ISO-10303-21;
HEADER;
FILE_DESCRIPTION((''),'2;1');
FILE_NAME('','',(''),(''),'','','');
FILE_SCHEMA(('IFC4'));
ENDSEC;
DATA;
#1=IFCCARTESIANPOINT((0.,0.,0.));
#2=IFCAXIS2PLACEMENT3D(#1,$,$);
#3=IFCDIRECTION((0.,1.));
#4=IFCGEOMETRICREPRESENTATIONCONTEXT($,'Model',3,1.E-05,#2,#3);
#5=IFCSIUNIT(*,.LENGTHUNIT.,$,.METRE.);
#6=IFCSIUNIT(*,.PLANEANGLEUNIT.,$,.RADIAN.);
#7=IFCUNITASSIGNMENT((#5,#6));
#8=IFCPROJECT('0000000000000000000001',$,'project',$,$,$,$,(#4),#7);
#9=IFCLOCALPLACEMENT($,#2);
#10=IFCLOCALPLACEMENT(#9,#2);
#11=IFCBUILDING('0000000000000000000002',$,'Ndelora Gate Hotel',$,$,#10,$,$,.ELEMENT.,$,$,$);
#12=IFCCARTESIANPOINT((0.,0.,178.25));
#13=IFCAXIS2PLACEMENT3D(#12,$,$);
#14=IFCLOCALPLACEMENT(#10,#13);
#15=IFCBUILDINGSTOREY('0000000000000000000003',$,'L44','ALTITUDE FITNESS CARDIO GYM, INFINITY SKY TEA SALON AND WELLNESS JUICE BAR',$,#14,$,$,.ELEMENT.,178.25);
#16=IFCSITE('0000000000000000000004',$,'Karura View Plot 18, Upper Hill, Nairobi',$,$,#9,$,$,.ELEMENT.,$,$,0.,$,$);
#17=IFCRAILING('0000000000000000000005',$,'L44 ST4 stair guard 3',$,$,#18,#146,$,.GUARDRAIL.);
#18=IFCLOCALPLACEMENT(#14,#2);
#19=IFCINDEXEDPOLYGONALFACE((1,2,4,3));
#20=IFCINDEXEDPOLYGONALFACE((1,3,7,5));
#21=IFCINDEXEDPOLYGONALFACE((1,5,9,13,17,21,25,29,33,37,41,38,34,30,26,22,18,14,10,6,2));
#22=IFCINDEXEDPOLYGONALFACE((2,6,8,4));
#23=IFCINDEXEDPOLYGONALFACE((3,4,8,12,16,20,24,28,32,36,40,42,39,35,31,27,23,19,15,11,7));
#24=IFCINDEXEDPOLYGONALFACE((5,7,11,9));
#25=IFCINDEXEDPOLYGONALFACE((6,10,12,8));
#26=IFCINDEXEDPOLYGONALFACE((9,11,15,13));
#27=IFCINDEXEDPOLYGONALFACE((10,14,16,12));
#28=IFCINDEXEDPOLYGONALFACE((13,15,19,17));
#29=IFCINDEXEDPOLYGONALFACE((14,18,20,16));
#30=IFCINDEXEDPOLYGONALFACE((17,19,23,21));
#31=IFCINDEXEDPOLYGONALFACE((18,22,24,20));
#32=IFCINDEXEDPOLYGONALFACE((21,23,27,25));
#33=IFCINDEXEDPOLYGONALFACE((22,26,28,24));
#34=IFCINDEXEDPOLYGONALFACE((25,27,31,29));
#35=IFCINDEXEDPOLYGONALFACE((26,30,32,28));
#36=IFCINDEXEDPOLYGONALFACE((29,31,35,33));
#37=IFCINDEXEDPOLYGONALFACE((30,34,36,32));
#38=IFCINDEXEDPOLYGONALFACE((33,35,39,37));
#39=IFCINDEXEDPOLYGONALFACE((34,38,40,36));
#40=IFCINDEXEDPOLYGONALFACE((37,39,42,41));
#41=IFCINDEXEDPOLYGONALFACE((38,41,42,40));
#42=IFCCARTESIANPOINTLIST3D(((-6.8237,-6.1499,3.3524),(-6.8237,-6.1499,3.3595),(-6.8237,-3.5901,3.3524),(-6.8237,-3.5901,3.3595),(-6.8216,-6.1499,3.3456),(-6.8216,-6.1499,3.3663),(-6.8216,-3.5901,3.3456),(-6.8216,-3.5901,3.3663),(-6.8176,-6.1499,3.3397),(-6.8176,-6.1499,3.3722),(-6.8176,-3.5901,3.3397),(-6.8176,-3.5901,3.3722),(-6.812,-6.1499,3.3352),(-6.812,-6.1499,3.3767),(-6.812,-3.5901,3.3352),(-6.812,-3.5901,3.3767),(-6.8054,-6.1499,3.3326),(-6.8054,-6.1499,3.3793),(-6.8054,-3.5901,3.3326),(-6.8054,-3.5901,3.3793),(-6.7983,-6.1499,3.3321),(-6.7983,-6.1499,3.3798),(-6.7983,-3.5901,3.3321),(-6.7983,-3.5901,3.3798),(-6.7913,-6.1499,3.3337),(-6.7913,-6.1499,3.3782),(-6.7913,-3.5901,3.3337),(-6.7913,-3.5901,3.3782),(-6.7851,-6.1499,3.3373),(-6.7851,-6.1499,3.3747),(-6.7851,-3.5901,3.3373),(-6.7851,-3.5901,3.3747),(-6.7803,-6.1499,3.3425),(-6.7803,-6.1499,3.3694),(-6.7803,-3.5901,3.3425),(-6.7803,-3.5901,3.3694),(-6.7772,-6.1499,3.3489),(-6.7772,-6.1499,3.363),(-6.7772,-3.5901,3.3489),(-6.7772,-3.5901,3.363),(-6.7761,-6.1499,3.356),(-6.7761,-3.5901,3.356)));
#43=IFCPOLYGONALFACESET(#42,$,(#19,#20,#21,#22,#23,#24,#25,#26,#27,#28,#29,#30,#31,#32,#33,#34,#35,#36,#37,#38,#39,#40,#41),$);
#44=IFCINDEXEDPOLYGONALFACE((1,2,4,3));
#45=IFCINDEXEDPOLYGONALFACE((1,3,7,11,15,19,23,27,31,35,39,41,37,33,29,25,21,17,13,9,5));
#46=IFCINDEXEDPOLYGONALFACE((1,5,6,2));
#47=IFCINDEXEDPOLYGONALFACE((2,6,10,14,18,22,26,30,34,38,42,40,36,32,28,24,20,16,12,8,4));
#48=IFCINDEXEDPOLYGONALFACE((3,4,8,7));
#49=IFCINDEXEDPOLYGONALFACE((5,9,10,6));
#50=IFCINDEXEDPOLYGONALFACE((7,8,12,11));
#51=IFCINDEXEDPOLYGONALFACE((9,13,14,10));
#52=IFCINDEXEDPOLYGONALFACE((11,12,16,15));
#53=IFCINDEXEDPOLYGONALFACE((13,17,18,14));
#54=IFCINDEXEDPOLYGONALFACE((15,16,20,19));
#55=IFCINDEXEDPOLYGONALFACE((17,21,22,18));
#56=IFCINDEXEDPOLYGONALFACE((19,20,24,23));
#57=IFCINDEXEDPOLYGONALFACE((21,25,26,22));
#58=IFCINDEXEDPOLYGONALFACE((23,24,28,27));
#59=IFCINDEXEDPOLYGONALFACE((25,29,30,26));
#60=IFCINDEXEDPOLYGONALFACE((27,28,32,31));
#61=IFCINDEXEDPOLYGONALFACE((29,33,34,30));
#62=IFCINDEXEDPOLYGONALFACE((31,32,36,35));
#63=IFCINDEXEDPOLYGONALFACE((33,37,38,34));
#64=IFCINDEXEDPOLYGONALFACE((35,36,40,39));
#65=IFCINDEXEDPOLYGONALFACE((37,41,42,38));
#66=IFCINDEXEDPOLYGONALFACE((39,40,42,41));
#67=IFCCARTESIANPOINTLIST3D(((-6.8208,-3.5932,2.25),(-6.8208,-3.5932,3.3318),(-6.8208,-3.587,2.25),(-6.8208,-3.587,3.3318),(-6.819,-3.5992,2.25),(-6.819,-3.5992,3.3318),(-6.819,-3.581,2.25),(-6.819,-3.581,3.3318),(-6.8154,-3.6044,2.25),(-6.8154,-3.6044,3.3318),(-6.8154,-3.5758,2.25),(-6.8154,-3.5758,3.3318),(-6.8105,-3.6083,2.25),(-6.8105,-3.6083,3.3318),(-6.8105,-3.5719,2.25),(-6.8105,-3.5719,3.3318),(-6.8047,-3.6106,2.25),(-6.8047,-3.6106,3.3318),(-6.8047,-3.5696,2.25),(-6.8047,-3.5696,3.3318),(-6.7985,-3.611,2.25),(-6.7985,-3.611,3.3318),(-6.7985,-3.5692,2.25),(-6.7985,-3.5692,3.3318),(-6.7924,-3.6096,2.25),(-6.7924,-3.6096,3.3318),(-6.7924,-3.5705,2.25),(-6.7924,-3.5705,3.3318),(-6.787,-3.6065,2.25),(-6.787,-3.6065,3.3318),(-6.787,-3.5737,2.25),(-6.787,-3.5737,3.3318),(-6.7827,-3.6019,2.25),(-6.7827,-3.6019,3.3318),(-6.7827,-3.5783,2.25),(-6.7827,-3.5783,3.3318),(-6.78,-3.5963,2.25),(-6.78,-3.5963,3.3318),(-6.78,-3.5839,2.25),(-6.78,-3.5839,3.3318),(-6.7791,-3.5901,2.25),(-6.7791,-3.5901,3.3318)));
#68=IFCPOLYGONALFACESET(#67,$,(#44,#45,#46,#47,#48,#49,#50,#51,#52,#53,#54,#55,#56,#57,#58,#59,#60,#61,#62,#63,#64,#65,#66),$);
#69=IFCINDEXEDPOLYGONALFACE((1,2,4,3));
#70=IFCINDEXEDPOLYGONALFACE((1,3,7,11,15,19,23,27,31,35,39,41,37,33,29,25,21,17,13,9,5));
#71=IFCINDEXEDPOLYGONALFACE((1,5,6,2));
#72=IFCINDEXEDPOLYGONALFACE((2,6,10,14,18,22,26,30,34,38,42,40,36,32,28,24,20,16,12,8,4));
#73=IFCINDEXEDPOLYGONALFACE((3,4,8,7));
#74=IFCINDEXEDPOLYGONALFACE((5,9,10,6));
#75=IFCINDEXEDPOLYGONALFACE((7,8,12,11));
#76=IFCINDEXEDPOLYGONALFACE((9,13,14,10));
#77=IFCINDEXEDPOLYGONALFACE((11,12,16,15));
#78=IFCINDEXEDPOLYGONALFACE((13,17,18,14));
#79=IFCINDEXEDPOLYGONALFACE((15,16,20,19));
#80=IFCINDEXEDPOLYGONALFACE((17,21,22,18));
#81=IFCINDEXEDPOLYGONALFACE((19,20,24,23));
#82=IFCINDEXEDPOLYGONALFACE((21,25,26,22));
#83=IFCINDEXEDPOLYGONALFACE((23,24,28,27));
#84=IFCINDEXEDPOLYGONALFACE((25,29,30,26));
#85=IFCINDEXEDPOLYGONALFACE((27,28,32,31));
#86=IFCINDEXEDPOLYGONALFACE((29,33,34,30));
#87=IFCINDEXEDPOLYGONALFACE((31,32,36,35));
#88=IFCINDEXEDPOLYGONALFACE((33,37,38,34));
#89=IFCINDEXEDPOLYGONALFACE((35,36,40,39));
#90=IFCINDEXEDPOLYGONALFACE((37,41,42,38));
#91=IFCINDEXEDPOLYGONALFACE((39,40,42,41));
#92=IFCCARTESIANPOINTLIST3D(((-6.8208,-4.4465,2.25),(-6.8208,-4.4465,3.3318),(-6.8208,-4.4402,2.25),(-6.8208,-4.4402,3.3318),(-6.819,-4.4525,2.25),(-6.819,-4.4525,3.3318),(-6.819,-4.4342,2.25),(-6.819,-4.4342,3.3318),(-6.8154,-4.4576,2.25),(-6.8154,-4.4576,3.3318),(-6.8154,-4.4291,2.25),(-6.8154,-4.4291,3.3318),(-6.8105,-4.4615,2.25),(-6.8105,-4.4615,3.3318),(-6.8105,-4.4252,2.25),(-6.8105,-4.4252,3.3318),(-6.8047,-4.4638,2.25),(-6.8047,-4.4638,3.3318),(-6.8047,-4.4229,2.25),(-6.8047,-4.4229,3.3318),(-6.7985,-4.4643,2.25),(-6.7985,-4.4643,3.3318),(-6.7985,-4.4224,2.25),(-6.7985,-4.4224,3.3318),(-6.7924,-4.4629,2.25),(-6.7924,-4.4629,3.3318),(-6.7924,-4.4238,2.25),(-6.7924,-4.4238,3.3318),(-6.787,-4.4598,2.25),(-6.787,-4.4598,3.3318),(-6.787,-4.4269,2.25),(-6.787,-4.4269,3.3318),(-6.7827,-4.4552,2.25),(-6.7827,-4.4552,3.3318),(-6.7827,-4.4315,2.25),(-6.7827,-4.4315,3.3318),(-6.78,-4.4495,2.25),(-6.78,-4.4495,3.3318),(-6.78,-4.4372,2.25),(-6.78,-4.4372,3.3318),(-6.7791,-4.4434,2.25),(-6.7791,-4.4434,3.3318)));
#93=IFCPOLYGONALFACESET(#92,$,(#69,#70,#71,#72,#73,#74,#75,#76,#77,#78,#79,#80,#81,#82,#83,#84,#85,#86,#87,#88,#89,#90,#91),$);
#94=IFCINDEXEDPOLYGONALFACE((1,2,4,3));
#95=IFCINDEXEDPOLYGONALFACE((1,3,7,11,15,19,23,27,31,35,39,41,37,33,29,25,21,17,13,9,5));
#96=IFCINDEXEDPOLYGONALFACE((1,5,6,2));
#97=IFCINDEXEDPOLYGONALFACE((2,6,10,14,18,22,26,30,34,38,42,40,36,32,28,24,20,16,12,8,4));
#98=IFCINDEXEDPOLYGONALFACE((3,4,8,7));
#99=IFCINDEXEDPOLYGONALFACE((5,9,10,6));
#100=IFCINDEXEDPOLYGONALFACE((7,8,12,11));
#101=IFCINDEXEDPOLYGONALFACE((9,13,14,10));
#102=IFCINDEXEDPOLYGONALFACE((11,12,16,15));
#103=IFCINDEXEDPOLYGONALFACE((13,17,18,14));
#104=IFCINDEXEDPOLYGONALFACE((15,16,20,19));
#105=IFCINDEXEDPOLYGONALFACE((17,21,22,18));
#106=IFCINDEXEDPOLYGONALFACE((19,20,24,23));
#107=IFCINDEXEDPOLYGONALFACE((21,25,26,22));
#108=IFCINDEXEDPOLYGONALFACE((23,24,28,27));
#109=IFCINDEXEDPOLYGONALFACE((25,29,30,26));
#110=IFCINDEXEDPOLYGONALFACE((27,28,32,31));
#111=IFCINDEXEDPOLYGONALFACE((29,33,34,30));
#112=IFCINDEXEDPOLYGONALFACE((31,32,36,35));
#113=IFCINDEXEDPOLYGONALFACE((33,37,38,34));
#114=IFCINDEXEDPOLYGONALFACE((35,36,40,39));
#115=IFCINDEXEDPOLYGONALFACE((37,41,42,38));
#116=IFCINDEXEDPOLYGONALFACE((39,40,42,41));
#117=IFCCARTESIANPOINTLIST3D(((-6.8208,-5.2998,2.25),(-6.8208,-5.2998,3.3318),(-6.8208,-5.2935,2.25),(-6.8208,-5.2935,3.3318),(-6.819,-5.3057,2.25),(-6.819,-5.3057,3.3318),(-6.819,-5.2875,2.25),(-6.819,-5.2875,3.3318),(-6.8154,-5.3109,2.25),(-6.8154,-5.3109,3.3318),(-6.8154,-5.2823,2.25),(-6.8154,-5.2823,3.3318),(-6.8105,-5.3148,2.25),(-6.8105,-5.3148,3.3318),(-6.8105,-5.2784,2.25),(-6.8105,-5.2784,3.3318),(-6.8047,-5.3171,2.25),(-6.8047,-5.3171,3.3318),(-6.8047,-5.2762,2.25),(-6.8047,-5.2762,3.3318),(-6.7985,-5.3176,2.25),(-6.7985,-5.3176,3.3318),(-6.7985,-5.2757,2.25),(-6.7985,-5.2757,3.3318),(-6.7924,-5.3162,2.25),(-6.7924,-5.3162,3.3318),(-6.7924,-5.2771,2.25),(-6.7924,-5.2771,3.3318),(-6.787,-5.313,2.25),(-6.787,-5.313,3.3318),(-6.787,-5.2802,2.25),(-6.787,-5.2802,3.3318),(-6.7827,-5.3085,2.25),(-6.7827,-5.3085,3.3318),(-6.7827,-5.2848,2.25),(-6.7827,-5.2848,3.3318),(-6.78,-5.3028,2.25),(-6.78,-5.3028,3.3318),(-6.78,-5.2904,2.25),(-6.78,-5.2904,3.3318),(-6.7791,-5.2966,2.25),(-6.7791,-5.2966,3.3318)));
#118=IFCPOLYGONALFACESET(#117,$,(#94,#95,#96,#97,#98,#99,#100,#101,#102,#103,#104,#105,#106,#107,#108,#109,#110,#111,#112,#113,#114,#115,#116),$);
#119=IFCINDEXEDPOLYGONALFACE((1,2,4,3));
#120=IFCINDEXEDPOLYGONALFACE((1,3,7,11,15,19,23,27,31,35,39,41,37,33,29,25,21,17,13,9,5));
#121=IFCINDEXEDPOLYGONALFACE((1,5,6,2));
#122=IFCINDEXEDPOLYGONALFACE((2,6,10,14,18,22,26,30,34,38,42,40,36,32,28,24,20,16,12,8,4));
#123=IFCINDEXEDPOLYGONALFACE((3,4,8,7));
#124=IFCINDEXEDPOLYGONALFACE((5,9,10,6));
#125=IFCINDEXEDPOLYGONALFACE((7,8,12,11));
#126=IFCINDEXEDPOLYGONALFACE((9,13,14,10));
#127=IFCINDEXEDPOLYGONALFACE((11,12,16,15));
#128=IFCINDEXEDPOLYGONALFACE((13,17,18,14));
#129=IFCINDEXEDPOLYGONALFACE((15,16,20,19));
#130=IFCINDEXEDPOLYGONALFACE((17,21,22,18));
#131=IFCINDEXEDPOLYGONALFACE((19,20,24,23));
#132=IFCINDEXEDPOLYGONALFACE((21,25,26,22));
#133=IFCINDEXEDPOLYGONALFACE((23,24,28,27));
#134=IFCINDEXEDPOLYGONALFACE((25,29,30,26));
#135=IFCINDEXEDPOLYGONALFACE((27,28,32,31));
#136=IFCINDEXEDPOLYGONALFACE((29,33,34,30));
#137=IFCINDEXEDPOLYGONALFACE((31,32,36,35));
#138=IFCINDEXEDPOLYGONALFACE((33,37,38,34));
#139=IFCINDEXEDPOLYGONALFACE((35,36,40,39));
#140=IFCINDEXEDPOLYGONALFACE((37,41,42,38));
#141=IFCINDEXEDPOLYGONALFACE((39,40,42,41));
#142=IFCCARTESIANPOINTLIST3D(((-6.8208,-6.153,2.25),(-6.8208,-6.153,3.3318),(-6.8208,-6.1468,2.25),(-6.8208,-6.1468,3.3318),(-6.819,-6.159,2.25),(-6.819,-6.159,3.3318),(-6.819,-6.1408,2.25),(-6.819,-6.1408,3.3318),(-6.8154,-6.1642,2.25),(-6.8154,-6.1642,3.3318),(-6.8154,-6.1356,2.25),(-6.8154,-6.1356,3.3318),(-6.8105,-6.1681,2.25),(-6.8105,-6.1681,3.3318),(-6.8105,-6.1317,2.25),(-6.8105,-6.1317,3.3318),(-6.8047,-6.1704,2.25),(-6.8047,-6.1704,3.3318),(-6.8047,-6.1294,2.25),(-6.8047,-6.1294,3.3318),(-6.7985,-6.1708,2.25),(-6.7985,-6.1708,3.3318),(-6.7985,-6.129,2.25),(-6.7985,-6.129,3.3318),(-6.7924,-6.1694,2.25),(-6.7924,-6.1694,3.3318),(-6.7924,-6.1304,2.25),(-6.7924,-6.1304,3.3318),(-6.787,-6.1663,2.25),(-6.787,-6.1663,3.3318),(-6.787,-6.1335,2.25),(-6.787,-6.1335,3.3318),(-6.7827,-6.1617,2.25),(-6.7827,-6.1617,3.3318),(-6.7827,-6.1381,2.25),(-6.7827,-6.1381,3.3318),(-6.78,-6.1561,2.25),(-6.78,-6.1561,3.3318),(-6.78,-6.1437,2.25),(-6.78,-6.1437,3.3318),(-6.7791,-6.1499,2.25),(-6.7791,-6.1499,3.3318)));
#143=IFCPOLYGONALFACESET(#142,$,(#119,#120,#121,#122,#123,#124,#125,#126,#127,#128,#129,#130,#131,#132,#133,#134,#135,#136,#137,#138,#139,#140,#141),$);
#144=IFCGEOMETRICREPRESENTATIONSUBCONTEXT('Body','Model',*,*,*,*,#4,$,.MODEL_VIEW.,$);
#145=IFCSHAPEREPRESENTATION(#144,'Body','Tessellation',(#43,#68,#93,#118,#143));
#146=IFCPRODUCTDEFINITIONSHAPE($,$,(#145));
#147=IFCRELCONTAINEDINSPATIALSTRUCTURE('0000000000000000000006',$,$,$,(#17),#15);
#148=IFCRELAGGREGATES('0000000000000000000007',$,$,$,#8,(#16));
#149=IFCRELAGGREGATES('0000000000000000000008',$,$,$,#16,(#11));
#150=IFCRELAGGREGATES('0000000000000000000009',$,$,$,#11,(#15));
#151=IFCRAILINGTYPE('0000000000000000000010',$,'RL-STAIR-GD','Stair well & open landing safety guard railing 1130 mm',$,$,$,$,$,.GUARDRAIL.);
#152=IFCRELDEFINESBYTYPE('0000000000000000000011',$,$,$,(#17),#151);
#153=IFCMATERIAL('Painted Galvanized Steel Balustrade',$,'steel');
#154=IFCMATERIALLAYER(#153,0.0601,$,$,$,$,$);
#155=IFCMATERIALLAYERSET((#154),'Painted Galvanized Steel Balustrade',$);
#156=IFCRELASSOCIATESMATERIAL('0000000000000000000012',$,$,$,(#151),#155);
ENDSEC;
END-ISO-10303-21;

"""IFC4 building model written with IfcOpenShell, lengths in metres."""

from ifc_helpers import new_model, si_unit, direction, frame, origin, origin_2d, place, context, subcontext, project, spatial, circle, extrude, material, layer, layer_set, type_object, element, save


model = new_model("IFC4")

# Units and contexts
model_context = context("Model", 3, precision=1e-05, world=origin(), true_north=direction((0.0, 1.0)))
body_context = subcontext(model_context, "Body", "Model", "MODEL_VIEW")
ifc_project = project(units=[si_unit("LENGTHUNIT", "METRE"), si_unit("PLANEANGLEUNIT", "RADIAN")], contexts=[model_context])

# Site, building, storey
site_placement = place(None, origin())
site = spatial("IfcSite", under=ifc_project, at=site_placement, Name="Karura View Plot 18, Upper Hill, Nairobi", CompositionType="ELEMENT", RefElevation=0.0)
building_placement = place(site_placement, origin())
building = spatial("IfcBuilding", under=site, at=building_placement, Name="Ndelora Gate Hotel", CompositionType="ELEMENT")
storey_placement = place(building_placement, frame((0.0, 0.0, 178.25)))
storey = spatial("IfcBuildingStorey", under=building, at=storey_placement, Name="L44", Description="ALTITUDE FITNESS CARDIO GYM, INFINITY SKY TEA SALON AND WELLNESS JUICE BAR", CompositionType="ELEMENT", Elevation=178.25)

# Railing
ifc_material_1 = material(Name="Painted Galvanized Steel Balustrade", Category="steel")
ifc_layer_1 = layer(ifc_material_1, 0.0601)
ifc_layer_set_1 = layer_set([ifc_layer_1], Name="Painted Galvanized Steel Balustrade")
railing_type_1 = type_object("IfcRailingType", Name="RL-STAIR-GD", Description="Stair well & open landing safety guard railing 1130 mm", PredefinedType="GUARDRAIL", material=ifc_layer_set_1)
for number, where, name in (
    (1, (-6.8, -3.5901, 2.25), "L44 ST4 stair guard 3"),
):
    element("IfcRailing", number, at=place(storey_placement, frame(where)), inside=storey, type_object=railing_type_1, Name=name, PredefinedType="GUARDRAIL", context=body_context, shape_type="SweptSolid", body=[
        extrude(circle(Radius=0.0239, at=origin_2d()), frame((0.0, 0.0, 1.106), z_axis=(0.0, -1.0, 0.0), x_axis=(1.0, 0.0, 0.0)), (0.0, 0.0, 1.0), 2.5598),
        extrude(circle(Radius=0.021, at=origin_2d()), origin(), (0.0, 0.0, 1.0), 1.0818),
        extrude(circle(Radius=0.021, at=origin_2d()), frame((0.0, -0.8533, 0.0)), (0.0, 0.0, 1.0), 1.0818),
        extrude(circle(Radius=0.021, at=origin_2d()), frame((0.0, -1.7065, 0.0)), (0.0, 0.0, 1.0), 1.0818),
        extrude(circle(Radius=0.021, at=origin_2d()), frame((0.0, -2.5598, 0.0)), (0.0, 0.0, 1.0), 1.0818),
    ])

save(model, "model.ifc")
